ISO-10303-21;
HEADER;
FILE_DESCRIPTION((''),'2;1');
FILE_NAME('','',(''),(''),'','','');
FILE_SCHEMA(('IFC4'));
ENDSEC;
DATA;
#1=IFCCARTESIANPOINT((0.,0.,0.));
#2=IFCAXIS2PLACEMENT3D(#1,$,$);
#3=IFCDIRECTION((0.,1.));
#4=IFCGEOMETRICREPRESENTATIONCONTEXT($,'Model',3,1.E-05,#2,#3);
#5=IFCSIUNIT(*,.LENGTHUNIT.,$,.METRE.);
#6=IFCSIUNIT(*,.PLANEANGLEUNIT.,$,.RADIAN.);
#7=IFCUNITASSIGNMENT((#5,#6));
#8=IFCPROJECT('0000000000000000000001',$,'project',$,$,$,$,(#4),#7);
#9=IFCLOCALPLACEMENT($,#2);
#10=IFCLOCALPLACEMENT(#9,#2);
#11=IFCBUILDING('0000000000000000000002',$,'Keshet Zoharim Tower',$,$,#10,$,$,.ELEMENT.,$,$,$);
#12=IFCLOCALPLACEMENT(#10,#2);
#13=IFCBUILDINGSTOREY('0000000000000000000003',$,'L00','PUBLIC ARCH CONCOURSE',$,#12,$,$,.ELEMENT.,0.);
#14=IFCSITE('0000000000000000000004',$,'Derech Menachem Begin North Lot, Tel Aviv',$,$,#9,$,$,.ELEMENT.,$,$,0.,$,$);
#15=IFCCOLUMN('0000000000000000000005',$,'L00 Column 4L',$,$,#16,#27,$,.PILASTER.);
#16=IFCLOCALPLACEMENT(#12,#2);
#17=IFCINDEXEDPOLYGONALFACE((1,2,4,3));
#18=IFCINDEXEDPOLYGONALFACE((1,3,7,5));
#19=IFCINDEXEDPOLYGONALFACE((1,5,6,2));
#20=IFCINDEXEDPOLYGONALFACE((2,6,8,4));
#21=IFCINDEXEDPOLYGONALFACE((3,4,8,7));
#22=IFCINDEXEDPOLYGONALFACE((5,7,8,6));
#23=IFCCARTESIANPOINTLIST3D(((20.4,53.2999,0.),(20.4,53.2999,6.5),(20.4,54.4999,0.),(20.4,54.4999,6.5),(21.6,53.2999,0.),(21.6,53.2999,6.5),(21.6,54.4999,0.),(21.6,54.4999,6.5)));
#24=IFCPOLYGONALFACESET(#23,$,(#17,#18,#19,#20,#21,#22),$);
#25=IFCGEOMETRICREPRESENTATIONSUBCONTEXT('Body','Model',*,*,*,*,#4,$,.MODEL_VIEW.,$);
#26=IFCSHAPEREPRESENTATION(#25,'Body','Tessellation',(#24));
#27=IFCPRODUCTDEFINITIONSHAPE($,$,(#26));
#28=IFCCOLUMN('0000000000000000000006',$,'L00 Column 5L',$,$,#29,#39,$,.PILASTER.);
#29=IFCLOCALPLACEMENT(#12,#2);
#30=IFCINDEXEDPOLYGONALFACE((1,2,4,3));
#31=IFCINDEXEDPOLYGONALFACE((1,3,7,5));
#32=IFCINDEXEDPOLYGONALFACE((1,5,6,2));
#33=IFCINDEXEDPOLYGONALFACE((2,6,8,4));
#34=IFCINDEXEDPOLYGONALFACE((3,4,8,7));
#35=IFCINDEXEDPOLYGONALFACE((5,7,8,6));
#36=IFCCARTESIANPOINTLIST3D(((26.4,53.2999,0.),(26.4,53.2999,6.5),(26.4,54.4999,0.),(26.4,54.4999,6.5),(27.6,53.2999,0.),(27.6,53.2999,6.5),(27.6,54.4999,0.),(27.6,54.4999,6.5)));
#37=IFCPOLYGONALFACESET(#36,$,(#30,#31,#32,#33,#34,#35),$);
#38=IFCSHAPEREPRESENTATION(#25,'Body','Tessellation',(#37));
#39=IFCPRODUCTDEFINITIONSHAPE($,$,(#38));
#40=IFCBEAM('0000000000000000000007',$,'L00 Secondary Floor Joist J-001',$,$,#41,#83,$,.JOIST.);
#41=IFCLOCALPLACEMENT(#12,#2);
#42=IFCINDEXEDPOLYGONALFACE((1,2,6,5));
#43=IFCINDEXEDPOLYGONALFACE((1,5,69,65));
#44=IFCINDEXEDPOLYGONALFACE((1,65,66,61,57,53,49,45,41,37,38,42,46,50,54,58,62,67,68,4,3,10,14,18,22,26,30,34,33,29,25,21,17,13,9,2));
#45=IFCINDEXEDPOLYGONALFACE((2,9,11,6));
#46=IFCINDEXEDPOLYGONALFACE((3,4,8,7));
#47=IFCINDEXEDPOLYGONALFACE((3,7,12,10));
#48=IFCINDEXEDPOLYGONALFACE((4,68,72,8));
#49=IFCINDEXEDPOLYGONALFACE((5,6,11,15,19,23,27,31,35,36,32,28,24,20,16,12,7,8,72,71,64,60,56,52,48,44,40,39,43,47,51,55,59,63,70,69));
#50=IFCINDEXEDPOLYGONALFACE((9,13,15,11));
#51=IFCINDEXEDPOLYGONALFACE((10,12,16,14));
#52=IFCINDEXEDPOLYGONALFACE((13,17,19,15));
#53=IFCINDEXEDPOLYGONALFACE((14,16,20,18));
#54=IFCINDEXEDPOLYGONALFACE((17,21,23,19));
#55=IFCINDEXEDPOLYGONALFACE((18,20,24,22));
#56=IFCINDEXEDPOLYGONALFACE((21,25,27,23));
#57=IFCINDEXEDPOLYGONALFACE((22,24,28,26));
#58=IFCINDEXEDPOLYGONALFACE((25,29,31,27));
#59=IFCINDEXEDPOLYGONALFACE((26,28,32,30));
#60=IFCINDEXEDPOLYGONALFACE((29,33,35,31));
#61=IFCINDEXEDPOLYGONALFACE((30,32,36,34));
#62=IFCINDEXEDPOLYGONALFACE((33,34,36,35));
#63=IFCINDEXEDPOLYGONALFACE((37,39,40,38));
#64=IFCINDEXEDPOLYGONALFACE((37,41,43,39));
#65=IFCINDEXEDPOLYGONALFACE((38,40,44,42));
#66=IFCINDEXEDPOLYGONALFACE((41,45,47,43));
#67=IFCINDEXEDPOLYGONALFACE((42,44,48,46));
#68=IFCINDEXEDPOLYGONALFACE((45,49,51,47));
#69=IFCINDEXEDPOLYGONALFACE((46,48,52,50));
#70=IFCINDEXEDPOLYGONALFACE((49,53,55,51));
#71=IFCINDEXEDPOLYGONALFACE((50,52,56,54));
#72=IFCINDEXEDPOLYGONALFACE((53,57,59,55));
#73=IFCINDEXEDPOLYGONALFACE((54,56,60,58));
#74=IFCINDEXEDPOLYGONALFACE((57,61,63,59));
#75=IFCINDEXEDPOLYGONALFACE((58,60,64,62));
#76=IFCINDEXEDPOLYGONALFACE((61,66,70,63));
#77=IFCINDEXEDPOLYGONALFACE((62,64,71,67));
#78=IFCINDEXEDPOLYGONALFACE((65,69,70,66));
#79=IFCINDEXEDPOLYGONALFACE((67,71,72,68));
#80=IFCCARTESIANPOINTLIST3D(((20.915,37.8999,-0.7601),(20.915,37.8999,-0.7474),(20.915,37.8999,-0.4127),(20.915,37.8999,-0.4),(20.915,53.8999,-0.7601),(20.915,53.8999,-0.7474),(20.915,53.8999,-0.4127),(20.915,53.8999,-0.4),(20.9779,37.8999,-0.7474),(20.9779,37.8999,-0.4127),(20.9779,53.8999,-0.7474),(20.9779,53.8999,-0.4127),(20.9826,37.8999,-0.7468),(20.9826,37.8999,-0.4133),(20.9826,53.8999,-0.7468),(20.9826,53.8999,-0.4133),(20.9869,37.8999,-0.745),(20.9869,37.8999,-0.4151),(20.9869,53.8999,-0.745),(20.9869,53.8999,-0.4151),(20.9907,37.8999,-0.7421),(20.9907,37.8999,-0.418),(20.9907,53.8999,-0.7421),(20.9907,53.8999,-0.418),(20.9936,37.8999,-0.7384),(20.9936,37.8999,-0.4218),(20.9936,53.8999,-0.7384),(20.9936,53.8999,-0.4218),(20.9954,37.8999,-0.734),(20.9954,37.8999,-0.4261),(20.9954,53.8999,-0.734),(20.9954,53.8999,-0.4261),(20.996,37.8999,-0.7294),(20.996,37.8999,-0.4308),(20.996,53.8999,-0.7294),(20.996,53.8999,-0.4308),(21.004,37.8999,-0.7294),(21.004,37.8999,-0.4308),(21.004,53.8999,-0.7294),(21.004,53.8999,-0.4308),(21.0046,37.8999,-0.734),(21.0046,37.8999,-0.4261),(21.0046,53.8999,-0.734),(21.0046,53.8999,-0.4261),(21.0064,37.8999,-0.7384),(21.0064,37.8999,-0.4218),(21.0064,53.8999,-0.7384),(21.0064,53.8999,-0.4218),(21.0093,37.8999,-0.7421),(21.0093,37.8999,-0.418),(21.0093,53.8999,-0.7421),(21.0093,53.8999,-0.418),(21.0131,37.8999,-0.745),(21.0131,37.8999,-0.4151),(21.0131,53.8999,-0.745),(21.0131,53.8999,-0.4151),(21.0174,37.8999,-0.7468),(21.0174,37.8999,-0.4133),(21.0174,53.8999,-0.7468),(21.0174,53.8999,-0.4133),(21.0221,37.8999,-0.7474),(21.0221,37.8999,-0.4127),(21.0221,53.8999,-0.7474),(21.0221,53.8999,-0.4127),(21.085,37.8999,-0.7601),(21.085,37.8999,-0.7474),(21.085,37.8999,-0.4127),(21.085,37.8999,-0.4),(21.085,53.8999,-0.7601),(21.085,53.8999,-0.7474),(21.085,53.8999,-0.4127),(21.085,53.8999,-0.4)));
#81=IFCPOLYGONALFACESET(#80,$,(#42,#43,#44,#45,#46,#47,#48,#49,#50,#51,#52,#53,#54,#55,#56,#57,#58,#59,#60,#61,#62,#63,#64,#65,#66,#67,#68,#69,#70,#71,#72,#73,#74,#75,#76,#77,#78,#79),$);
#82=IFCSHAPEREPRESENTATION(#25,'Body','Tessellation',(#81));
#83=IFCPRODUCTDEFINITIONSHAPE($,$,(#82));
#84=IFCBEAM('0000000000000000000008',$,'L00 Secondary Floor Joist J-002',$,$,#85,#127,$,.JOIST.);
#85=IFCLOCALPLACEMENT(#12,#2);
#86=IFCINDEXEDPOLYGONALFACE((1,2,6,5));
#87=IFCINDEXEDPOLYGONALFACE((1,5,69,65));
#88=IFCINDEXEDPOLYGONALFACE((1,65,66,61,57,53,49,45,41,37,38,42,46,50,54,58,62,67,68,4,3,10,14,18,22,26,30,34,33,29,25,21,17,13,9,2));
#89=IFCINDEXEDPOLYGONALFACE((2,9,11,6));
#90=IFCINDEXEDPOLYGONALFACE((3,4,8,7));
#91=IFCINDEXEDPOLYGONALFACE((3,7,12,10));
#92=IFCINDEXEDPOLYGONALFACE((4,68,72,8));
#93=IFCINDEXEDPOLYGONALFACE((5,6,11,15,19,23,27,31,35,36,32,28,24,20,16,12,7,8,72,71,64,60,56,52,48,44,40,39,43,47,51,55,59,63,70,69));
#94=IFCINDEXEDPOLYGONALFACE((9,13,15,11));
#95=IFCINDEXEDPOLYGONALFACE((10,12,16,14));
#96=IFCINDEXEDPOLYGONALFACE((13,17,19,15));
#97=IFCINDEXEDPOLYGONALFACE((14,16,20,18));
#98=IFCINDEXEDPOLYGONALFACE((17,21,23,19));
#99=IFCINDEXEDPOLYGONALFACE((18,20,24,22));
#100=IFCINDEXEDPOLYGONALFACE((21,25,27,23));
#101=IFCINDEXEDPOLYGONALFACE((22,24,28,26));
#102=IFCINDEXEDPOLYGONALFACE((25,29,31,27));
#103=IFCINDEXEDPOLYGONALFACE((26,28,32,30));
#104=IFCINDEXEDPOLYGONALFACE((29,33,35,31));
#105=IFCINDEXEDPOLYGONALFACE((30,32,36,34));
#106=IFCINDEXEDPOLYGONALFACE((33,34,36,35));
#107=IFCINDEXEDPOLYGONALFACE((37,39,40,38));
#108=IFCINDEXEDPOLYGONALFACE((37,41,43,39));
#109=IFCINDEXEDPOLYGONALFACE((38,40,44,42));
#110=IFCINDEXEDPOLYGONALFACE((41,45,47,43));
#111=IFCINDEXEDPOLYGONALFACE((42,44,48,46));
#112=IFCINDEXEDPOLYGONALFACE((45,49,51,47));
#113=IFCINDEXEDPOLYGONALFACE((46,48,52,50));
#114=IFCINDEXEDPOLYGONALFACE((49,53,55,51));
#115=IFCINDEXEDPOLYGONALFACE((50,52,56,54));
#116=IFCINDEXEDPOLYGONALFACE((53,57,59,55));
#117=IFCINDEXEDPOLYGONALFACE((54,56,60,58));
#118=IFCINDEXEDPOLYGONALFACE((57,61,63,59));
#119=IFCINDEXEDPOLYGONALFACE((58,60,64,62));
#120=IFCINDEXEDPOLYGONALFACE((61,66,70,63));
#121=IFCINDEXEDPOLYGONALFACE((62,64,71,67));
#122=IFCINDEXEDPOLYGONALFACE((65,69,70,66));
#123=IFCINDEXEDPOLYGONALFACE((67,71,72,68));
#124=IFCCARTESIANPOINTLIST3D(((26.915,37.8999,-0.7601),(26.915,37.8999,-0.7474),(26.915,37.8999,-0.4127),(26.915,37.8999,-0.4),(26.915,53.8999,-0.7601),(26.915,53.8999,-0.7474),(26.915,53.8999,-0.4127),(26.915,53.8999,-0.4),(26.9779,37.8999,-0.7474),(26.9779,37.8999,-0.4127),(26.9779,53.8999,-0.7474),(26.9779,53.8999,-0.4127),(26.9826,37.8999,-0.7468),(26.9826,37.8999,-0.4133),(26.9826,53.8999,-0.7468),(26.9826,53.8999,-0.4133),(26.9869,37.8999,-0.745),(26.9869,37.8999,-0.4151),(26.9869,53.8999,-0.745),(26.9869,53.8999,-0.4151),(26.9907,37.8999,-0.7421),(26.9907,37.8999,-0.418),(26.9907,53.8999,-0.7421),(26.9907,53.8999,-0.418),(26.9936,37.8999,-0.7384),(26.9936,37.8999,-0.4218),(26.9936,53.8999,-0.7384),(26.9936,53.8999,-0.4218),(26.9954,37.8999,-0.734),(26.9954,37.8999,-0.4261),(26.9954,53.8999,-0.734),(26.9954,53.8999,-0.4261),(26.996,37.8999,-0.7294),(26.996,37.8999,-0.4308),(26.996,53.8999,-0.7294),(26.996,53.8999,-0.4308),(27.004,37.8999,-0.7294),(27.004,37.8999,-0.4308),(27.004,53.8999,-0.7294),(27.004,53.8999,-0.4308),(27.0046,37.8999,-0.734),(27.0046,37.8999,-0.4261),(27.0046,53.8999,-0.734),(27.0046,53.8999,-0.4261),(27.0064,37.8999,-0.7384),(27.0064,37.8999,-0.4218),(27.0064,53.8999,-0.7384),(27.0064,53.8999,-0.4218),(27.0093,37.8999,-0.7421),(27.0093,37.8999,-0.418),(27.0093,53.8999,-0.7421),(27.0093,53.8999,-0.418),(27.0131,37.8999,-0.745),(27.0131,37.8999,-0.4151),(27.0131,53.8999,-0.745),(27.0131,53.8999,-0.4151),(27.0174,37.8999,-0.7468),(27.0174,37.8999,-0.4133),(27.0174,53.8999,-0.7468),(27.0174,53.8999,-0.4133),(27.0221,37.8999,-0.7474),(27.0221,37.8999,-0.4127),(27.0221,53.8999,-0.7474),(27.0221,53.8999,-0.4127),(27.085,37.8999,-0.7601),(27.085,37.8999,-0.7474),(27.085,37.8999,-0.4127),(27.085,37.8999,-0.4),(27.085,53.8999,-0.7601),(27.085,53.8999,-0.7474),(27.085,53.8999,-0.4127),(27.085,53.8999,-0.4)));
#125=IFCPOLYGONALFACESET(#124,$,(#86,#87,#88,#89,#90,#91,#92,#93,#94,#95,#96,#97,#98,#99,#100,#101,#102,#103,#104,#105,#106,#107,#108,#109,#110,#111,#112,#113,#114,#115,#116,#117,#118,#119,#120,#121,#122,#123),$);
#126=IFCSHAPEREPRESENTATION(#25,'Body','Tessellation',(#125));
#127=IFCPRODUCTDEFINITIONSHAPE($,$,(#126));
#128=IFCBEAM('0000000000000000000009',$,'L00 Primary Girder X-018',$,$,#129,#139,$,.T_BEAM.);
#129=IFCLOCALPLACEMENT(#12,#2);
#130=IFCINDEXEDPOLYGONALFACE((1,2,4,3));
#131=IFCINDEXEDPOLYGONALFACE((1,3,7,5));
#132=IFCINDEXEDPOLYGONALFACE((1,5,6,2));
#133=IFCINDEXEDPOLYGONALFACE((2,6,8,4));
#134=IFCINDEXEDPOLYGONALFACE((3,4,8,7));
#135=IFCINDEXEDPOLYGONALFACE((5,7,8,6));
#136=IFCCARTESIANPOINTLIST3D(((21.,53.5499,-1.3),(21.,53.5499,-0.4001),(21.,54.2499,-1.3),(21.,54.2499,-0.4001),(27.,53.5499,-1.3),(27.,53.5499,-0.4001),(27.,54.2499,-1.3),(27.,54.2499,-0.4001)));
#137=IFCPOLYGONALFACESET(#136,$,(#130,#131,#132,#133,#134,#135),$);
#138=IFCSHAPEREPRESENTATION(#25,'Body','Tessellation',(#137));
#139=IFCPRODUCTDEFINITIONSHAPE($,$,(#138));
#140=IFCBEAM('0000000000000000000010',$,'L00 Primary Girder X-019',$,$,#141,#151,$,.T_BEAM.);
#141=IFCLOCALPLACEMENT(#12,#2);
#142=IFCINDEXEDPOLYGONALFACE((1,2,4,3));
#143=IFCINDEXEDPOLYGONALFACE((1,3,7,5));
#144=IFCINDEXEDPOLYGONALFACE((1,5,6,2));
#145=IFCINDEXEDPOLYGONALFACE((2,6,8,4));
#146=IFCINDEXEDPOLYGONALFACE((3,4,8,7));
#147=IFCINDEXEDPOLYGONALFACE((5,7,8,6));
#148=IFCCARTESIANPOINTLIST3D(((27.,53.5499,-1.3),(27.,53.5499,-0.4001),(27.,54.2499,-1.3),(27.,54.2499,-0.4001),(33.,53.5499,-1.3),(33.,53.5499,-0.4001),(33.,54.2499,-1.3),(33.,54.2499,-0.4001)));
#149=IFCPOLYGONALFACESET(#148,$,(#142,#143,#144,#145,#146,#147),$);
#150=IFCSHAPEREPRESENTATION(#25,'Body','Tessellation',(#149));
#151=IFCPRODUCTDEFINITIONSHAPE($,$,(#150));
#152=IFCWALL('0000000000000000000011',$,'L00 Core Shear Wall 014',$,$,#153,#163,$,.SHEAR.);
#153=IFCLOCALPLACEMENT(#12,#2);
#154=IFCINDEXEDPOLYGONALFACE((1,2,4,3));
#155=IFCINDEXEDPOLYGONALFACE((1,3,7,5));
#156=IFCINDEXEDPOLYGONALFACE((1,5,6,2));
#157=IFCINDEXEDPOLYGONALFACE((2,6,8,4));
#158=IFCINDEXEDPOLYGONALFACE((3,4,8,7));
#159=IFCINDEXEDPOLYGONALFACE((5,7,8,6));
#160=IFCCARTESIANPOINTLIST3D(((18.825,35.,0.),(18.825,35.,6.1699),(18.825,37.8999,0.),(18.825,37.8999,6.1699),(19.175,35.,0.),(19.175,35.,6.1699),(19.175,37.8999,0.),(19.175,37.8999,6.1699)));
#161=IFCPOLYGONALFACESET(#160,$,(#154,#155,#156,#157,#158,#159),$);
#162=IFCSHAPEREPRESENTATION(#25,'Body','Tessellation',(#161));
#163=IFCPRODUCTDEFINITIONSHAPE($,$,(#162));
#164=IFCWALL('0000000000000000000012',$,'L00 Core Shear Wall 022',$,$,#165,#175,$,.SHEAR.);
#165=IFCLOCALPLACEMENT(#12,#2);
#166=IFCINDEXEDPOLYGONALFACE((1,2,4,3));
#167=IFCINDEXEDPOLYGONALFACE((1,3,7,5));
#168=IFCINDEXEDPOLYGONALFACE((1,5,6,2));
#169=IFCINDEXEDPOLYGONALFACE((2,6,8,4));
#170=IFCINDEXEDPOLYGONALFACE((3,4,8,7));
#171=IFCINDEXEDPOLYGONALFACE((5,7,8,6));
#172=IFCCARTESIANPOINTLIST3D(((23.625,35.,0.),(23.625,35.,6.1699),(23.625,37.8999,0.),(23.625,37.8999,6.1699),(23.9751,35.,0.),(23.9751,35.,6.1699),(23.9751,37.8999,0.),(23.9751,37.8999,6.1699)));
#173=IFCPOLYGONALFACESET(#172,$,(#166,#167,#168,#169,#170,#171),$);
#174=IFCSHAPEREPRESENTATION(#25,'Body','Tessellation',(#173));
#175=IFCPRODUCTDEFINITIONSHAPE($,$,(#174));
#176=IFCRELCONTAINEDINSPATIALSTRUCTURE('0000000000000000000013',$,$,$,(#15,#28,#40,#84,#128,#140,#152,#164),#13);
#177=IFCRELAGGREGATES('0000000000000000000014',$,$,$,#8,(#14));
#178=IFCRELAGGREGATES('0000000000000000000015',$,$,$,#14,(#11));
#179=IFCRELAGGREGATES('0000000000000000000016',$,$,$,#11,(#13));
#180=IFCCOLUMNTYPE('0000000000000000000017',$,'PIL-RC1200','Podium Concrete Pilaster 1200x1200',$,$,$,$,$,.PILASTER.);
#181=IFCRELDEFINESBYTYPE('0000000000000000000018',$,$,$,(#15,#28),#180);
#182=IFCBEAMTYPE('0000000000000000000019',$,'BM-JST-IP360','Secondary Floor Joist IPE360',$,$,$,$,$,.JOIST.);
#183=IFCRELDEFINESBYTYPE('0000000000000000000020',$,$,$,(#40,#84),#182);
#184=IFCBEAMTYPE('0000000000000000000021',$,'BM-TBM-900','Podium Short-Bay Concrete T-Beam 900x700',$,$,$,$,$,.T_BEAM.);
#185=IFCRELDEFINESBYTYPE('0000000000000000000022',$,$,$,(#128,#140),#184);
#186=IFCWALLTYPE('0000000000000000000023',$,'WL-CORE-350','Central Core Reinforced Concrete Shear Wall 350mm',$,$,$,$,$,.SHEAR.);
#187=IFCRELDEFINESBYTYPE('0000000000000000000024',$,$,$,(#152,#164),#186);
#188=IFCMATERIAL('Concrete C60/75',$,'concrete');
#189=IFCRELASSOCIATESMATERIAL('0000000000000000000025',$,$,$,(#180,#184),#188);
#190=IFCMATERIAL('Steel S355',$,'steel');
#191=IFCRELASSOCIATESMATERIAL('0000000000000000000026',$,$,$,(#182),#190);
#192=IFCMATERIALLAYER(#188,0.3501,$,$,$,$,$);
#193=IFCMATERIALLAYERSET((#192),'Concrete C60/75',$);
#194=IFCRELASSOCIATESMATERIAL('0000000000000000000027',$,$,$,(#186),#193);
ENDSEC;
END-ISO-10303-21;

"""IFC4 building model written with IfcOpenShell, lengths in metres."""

from ifc_helpers import new_model, si_unit, direction, frame, frame_2d, origin, origin_2d, place, context, subcontext, project, spatial, rectangle, i_section, extrude, material, layer, layer_set, material_profile, profile_set, type_object, element, save


model = new_model("IFC4")

# Units and contexts
model_context = context("Model", 3, precision=1e-05, world=origin(), true_north=direction((0.0, 1.0)))
body_context = subcontext(model_context, "Body", "Model", "MODEL_VIEW")
ifc_project = project(units=[si_unit("LENGTHUNIT", "METRE"), si_unit("PLANEANGLEUNIT", "RADIAN")], contexts=[model_context])

# Site, building, storey
site_placement = place(None, origin())
site = spatial("IfcSite", under=ifc_project, at=site_placement, Name="Derech Menachem Begin North Lot, Tel Aviv", CompositionType="ELEMENT", RefElevation=0.0)
building_placement = place(site_placement, origin())
building = spatial("IfcBuilding", under=site, at=building_placement, Name="Keshet Zoharim Tower", CompositionType="ELEMENT")
storey_placement = place(building_placement, origin())
storey = spatial("IfcBuildingStorey", under=building, at=storey_placement, Name="L00", Description="PUBLIC ARCH CONCOURSE", CompositionType="ELEMENT", Elevation=0.0)

# Columns
ifc_material_1 = material(Name="Concrete C60/75", Category="concrete")
ifc_material_profile_1 = material_profile(ifc_material_1, rectangle(XDim=1.2, YDim=1.2, at=origin_2d()), Name="RC1200x1200")
ifc_profile_set_1 = profile_set([ifc_material_profile_1], Name="Concrete C60/75")
column_type = type_object("IfcColumnType", Name="PIL-RC1200", Description="Podium Concrete Pilaster 1200x1200", PredefinedType="PILASTER", material=ifc_profile_set_1)
for number, where, z_axis, x_axis, name in (
    (1, (21.0, 53.8999, 0.0), (0.0, 0.0, 1.0), (1.0, 0.0, 0.0), "L00 Column 4L"),
    (2, (27.0, 53.8999, 0.0), (0.0, 0.0, 1.0), (1.0, 0.0, 0.0), "L00 Column 5L"),
):
    element("IfcColumn", number, at=place(storey_placement, frame(where, z_axis=z_axis, x_axis=x_axis)), inside=storey, type_object=column_type, Name=name, PredefinedType="PILASTER", context=body_context, shape_type="SweptSolid", body=[
        extrude(rectangle(XDim=1.2, YDim=1.2, at=origin_2d()), origin(), (0.0, 0.0, 1.0), 6.5),
    ])

# Beams
ifc_material_2 = material(Name="Steel S355", Category="steel")
ifc_material_profile_2 = material_profile(ifc_material_2, i_section(OverallWidth=0.1699, OverallDepth=0.3601, WebThickness=0.0081, FlangeThickness=0.0127, FilletRadius=0.0181, at=origin_2d()), Name="IPE360")
ifc_profile_set_2 = profile_set([ifc_material_profile_2], Name="Steel S355")
beam_type_1 = type_object("IfcBeamType", Name="BM-JST-IP360", Description="Secondary Floor Joist IPE360", PredefinedType="JOIST", material=ifc_profile_set_2)
for number, where, z_axis, x_axis, name in (
    (3, (21.0, 37.8999, -0.5801), (0.0, 1.0, 0.0), (-1.0, 0.0, 0.0), "L00 Secondary Floor Joist J-001"),
    (4, (27.0, 37.8999, -0.5801), (0.0, 1.0, 0.0), (-1.0, 0.0, 0.0), "L00 Secondary Floor Joist J-002"),
):
    element("IfcBeam", number, at=place(storey_placement, frame(where, z_axis=z_axis, x_axis=x_axis)), inside=storey, type_object=beam_type_1, Name=name, PredefinedType="JOIST", context=body_context, shape_type="SweptSolid", body=[
        extrude(i_section(OverallWidth=0.1699, OverallDepth=0.3601, WebThickness=0.0081, FlangeThickness=0.0127, FilletRadius=0.0181, at=origin_2d()), origin(), (0.0, 0.0, 1.0), 16.0),
    ])
ifc_material_profile_3 = material_profile(ifc_material_1, rectangle(XDim=0.7, YDim=0.8999, at=origin_2d()), Name="RC900x700")
ifc_profile_set_3 = profile_set([ifc_material_profile_3], Name="Concrete C60/75")
beam_type_2 = type_object("IfcBeamType", Name="BM-TBM-900", Description="Podium Short-Bay Concrete T-Beam 900x700", PredefinedType="T_BEAM", material=ifc_profile_set_3)
for number, where, z_axis, x_axis, name in (
    (5, (21.0, 53.8999, -0.8501), (1.0, 0.0, 0.0), (0.0, 1.0, 0.0), "L00 Primary Girder X-018"),
    (6, (27.0, 53.8999, -0.8501), (1.0, 0.0, 0.0), (0.0, 1.0, 0.0), "L00 Primary Girder X-019"),
):
    element("IfcBeam", number, at=place(storey_placement, frame(where, z_axis=z_axis, x_axis=x_axis)), inside=storey, type_object=beam_type_2, Name=name, PredefinedType="T_BEAM", context=body_context, shape_type="SweptSolid", body=[
        extrude(rectangle(XDim=0.7, YDim=0.8999, at=origin_2d()), origin(), (0.0, 0.0, 1.0), 6.0),
    ])

# Walls
ifc_layer_1 = layer(ifc_material_1, 0.3501)
ifc_layer_set_1 = layer_set([ifc_layer_1], Name="Concrete C60/75")
wall_type_1 = type_object("IfcWallType", Name="WL-CORE-350", Description="Central Core Reinforced Concrete Shear Wall 350mm", PredefinedType="SHEAR", material=ifc_layer_set_1)
for number, where, z_axis, x_axis, name in (
    (7, (19.0, 35.0, 0.0), (0.0, 0.0, 1.0), (0.0, 1.0, 0.0), "L00 Core Shear Wall 014"),
    (8, (23.8, 35.0, 0.0), (0.0, 0.0, 1.0), (0.0, 1.0, 0.0), "L00 Core Shear Wall 022"),
):
    element("IfcWall", number, at=place(storey_placement, frame(where, z_axis=z_axis, x_axis=x_axis)), inside=storey, type_object=wall_type_1, Name=name, PredefinedType="SHEAR", context=body_context, shape_type="SweptSolid", body=[
        extrude(rectangle(XDim=2.8999, YDim=0.3501, at=frame_2d((1.45, 0.0))), origin(), (0.0, 0.0, 1.0), 6.1699),
    ])

save(model, "model.ifc")
